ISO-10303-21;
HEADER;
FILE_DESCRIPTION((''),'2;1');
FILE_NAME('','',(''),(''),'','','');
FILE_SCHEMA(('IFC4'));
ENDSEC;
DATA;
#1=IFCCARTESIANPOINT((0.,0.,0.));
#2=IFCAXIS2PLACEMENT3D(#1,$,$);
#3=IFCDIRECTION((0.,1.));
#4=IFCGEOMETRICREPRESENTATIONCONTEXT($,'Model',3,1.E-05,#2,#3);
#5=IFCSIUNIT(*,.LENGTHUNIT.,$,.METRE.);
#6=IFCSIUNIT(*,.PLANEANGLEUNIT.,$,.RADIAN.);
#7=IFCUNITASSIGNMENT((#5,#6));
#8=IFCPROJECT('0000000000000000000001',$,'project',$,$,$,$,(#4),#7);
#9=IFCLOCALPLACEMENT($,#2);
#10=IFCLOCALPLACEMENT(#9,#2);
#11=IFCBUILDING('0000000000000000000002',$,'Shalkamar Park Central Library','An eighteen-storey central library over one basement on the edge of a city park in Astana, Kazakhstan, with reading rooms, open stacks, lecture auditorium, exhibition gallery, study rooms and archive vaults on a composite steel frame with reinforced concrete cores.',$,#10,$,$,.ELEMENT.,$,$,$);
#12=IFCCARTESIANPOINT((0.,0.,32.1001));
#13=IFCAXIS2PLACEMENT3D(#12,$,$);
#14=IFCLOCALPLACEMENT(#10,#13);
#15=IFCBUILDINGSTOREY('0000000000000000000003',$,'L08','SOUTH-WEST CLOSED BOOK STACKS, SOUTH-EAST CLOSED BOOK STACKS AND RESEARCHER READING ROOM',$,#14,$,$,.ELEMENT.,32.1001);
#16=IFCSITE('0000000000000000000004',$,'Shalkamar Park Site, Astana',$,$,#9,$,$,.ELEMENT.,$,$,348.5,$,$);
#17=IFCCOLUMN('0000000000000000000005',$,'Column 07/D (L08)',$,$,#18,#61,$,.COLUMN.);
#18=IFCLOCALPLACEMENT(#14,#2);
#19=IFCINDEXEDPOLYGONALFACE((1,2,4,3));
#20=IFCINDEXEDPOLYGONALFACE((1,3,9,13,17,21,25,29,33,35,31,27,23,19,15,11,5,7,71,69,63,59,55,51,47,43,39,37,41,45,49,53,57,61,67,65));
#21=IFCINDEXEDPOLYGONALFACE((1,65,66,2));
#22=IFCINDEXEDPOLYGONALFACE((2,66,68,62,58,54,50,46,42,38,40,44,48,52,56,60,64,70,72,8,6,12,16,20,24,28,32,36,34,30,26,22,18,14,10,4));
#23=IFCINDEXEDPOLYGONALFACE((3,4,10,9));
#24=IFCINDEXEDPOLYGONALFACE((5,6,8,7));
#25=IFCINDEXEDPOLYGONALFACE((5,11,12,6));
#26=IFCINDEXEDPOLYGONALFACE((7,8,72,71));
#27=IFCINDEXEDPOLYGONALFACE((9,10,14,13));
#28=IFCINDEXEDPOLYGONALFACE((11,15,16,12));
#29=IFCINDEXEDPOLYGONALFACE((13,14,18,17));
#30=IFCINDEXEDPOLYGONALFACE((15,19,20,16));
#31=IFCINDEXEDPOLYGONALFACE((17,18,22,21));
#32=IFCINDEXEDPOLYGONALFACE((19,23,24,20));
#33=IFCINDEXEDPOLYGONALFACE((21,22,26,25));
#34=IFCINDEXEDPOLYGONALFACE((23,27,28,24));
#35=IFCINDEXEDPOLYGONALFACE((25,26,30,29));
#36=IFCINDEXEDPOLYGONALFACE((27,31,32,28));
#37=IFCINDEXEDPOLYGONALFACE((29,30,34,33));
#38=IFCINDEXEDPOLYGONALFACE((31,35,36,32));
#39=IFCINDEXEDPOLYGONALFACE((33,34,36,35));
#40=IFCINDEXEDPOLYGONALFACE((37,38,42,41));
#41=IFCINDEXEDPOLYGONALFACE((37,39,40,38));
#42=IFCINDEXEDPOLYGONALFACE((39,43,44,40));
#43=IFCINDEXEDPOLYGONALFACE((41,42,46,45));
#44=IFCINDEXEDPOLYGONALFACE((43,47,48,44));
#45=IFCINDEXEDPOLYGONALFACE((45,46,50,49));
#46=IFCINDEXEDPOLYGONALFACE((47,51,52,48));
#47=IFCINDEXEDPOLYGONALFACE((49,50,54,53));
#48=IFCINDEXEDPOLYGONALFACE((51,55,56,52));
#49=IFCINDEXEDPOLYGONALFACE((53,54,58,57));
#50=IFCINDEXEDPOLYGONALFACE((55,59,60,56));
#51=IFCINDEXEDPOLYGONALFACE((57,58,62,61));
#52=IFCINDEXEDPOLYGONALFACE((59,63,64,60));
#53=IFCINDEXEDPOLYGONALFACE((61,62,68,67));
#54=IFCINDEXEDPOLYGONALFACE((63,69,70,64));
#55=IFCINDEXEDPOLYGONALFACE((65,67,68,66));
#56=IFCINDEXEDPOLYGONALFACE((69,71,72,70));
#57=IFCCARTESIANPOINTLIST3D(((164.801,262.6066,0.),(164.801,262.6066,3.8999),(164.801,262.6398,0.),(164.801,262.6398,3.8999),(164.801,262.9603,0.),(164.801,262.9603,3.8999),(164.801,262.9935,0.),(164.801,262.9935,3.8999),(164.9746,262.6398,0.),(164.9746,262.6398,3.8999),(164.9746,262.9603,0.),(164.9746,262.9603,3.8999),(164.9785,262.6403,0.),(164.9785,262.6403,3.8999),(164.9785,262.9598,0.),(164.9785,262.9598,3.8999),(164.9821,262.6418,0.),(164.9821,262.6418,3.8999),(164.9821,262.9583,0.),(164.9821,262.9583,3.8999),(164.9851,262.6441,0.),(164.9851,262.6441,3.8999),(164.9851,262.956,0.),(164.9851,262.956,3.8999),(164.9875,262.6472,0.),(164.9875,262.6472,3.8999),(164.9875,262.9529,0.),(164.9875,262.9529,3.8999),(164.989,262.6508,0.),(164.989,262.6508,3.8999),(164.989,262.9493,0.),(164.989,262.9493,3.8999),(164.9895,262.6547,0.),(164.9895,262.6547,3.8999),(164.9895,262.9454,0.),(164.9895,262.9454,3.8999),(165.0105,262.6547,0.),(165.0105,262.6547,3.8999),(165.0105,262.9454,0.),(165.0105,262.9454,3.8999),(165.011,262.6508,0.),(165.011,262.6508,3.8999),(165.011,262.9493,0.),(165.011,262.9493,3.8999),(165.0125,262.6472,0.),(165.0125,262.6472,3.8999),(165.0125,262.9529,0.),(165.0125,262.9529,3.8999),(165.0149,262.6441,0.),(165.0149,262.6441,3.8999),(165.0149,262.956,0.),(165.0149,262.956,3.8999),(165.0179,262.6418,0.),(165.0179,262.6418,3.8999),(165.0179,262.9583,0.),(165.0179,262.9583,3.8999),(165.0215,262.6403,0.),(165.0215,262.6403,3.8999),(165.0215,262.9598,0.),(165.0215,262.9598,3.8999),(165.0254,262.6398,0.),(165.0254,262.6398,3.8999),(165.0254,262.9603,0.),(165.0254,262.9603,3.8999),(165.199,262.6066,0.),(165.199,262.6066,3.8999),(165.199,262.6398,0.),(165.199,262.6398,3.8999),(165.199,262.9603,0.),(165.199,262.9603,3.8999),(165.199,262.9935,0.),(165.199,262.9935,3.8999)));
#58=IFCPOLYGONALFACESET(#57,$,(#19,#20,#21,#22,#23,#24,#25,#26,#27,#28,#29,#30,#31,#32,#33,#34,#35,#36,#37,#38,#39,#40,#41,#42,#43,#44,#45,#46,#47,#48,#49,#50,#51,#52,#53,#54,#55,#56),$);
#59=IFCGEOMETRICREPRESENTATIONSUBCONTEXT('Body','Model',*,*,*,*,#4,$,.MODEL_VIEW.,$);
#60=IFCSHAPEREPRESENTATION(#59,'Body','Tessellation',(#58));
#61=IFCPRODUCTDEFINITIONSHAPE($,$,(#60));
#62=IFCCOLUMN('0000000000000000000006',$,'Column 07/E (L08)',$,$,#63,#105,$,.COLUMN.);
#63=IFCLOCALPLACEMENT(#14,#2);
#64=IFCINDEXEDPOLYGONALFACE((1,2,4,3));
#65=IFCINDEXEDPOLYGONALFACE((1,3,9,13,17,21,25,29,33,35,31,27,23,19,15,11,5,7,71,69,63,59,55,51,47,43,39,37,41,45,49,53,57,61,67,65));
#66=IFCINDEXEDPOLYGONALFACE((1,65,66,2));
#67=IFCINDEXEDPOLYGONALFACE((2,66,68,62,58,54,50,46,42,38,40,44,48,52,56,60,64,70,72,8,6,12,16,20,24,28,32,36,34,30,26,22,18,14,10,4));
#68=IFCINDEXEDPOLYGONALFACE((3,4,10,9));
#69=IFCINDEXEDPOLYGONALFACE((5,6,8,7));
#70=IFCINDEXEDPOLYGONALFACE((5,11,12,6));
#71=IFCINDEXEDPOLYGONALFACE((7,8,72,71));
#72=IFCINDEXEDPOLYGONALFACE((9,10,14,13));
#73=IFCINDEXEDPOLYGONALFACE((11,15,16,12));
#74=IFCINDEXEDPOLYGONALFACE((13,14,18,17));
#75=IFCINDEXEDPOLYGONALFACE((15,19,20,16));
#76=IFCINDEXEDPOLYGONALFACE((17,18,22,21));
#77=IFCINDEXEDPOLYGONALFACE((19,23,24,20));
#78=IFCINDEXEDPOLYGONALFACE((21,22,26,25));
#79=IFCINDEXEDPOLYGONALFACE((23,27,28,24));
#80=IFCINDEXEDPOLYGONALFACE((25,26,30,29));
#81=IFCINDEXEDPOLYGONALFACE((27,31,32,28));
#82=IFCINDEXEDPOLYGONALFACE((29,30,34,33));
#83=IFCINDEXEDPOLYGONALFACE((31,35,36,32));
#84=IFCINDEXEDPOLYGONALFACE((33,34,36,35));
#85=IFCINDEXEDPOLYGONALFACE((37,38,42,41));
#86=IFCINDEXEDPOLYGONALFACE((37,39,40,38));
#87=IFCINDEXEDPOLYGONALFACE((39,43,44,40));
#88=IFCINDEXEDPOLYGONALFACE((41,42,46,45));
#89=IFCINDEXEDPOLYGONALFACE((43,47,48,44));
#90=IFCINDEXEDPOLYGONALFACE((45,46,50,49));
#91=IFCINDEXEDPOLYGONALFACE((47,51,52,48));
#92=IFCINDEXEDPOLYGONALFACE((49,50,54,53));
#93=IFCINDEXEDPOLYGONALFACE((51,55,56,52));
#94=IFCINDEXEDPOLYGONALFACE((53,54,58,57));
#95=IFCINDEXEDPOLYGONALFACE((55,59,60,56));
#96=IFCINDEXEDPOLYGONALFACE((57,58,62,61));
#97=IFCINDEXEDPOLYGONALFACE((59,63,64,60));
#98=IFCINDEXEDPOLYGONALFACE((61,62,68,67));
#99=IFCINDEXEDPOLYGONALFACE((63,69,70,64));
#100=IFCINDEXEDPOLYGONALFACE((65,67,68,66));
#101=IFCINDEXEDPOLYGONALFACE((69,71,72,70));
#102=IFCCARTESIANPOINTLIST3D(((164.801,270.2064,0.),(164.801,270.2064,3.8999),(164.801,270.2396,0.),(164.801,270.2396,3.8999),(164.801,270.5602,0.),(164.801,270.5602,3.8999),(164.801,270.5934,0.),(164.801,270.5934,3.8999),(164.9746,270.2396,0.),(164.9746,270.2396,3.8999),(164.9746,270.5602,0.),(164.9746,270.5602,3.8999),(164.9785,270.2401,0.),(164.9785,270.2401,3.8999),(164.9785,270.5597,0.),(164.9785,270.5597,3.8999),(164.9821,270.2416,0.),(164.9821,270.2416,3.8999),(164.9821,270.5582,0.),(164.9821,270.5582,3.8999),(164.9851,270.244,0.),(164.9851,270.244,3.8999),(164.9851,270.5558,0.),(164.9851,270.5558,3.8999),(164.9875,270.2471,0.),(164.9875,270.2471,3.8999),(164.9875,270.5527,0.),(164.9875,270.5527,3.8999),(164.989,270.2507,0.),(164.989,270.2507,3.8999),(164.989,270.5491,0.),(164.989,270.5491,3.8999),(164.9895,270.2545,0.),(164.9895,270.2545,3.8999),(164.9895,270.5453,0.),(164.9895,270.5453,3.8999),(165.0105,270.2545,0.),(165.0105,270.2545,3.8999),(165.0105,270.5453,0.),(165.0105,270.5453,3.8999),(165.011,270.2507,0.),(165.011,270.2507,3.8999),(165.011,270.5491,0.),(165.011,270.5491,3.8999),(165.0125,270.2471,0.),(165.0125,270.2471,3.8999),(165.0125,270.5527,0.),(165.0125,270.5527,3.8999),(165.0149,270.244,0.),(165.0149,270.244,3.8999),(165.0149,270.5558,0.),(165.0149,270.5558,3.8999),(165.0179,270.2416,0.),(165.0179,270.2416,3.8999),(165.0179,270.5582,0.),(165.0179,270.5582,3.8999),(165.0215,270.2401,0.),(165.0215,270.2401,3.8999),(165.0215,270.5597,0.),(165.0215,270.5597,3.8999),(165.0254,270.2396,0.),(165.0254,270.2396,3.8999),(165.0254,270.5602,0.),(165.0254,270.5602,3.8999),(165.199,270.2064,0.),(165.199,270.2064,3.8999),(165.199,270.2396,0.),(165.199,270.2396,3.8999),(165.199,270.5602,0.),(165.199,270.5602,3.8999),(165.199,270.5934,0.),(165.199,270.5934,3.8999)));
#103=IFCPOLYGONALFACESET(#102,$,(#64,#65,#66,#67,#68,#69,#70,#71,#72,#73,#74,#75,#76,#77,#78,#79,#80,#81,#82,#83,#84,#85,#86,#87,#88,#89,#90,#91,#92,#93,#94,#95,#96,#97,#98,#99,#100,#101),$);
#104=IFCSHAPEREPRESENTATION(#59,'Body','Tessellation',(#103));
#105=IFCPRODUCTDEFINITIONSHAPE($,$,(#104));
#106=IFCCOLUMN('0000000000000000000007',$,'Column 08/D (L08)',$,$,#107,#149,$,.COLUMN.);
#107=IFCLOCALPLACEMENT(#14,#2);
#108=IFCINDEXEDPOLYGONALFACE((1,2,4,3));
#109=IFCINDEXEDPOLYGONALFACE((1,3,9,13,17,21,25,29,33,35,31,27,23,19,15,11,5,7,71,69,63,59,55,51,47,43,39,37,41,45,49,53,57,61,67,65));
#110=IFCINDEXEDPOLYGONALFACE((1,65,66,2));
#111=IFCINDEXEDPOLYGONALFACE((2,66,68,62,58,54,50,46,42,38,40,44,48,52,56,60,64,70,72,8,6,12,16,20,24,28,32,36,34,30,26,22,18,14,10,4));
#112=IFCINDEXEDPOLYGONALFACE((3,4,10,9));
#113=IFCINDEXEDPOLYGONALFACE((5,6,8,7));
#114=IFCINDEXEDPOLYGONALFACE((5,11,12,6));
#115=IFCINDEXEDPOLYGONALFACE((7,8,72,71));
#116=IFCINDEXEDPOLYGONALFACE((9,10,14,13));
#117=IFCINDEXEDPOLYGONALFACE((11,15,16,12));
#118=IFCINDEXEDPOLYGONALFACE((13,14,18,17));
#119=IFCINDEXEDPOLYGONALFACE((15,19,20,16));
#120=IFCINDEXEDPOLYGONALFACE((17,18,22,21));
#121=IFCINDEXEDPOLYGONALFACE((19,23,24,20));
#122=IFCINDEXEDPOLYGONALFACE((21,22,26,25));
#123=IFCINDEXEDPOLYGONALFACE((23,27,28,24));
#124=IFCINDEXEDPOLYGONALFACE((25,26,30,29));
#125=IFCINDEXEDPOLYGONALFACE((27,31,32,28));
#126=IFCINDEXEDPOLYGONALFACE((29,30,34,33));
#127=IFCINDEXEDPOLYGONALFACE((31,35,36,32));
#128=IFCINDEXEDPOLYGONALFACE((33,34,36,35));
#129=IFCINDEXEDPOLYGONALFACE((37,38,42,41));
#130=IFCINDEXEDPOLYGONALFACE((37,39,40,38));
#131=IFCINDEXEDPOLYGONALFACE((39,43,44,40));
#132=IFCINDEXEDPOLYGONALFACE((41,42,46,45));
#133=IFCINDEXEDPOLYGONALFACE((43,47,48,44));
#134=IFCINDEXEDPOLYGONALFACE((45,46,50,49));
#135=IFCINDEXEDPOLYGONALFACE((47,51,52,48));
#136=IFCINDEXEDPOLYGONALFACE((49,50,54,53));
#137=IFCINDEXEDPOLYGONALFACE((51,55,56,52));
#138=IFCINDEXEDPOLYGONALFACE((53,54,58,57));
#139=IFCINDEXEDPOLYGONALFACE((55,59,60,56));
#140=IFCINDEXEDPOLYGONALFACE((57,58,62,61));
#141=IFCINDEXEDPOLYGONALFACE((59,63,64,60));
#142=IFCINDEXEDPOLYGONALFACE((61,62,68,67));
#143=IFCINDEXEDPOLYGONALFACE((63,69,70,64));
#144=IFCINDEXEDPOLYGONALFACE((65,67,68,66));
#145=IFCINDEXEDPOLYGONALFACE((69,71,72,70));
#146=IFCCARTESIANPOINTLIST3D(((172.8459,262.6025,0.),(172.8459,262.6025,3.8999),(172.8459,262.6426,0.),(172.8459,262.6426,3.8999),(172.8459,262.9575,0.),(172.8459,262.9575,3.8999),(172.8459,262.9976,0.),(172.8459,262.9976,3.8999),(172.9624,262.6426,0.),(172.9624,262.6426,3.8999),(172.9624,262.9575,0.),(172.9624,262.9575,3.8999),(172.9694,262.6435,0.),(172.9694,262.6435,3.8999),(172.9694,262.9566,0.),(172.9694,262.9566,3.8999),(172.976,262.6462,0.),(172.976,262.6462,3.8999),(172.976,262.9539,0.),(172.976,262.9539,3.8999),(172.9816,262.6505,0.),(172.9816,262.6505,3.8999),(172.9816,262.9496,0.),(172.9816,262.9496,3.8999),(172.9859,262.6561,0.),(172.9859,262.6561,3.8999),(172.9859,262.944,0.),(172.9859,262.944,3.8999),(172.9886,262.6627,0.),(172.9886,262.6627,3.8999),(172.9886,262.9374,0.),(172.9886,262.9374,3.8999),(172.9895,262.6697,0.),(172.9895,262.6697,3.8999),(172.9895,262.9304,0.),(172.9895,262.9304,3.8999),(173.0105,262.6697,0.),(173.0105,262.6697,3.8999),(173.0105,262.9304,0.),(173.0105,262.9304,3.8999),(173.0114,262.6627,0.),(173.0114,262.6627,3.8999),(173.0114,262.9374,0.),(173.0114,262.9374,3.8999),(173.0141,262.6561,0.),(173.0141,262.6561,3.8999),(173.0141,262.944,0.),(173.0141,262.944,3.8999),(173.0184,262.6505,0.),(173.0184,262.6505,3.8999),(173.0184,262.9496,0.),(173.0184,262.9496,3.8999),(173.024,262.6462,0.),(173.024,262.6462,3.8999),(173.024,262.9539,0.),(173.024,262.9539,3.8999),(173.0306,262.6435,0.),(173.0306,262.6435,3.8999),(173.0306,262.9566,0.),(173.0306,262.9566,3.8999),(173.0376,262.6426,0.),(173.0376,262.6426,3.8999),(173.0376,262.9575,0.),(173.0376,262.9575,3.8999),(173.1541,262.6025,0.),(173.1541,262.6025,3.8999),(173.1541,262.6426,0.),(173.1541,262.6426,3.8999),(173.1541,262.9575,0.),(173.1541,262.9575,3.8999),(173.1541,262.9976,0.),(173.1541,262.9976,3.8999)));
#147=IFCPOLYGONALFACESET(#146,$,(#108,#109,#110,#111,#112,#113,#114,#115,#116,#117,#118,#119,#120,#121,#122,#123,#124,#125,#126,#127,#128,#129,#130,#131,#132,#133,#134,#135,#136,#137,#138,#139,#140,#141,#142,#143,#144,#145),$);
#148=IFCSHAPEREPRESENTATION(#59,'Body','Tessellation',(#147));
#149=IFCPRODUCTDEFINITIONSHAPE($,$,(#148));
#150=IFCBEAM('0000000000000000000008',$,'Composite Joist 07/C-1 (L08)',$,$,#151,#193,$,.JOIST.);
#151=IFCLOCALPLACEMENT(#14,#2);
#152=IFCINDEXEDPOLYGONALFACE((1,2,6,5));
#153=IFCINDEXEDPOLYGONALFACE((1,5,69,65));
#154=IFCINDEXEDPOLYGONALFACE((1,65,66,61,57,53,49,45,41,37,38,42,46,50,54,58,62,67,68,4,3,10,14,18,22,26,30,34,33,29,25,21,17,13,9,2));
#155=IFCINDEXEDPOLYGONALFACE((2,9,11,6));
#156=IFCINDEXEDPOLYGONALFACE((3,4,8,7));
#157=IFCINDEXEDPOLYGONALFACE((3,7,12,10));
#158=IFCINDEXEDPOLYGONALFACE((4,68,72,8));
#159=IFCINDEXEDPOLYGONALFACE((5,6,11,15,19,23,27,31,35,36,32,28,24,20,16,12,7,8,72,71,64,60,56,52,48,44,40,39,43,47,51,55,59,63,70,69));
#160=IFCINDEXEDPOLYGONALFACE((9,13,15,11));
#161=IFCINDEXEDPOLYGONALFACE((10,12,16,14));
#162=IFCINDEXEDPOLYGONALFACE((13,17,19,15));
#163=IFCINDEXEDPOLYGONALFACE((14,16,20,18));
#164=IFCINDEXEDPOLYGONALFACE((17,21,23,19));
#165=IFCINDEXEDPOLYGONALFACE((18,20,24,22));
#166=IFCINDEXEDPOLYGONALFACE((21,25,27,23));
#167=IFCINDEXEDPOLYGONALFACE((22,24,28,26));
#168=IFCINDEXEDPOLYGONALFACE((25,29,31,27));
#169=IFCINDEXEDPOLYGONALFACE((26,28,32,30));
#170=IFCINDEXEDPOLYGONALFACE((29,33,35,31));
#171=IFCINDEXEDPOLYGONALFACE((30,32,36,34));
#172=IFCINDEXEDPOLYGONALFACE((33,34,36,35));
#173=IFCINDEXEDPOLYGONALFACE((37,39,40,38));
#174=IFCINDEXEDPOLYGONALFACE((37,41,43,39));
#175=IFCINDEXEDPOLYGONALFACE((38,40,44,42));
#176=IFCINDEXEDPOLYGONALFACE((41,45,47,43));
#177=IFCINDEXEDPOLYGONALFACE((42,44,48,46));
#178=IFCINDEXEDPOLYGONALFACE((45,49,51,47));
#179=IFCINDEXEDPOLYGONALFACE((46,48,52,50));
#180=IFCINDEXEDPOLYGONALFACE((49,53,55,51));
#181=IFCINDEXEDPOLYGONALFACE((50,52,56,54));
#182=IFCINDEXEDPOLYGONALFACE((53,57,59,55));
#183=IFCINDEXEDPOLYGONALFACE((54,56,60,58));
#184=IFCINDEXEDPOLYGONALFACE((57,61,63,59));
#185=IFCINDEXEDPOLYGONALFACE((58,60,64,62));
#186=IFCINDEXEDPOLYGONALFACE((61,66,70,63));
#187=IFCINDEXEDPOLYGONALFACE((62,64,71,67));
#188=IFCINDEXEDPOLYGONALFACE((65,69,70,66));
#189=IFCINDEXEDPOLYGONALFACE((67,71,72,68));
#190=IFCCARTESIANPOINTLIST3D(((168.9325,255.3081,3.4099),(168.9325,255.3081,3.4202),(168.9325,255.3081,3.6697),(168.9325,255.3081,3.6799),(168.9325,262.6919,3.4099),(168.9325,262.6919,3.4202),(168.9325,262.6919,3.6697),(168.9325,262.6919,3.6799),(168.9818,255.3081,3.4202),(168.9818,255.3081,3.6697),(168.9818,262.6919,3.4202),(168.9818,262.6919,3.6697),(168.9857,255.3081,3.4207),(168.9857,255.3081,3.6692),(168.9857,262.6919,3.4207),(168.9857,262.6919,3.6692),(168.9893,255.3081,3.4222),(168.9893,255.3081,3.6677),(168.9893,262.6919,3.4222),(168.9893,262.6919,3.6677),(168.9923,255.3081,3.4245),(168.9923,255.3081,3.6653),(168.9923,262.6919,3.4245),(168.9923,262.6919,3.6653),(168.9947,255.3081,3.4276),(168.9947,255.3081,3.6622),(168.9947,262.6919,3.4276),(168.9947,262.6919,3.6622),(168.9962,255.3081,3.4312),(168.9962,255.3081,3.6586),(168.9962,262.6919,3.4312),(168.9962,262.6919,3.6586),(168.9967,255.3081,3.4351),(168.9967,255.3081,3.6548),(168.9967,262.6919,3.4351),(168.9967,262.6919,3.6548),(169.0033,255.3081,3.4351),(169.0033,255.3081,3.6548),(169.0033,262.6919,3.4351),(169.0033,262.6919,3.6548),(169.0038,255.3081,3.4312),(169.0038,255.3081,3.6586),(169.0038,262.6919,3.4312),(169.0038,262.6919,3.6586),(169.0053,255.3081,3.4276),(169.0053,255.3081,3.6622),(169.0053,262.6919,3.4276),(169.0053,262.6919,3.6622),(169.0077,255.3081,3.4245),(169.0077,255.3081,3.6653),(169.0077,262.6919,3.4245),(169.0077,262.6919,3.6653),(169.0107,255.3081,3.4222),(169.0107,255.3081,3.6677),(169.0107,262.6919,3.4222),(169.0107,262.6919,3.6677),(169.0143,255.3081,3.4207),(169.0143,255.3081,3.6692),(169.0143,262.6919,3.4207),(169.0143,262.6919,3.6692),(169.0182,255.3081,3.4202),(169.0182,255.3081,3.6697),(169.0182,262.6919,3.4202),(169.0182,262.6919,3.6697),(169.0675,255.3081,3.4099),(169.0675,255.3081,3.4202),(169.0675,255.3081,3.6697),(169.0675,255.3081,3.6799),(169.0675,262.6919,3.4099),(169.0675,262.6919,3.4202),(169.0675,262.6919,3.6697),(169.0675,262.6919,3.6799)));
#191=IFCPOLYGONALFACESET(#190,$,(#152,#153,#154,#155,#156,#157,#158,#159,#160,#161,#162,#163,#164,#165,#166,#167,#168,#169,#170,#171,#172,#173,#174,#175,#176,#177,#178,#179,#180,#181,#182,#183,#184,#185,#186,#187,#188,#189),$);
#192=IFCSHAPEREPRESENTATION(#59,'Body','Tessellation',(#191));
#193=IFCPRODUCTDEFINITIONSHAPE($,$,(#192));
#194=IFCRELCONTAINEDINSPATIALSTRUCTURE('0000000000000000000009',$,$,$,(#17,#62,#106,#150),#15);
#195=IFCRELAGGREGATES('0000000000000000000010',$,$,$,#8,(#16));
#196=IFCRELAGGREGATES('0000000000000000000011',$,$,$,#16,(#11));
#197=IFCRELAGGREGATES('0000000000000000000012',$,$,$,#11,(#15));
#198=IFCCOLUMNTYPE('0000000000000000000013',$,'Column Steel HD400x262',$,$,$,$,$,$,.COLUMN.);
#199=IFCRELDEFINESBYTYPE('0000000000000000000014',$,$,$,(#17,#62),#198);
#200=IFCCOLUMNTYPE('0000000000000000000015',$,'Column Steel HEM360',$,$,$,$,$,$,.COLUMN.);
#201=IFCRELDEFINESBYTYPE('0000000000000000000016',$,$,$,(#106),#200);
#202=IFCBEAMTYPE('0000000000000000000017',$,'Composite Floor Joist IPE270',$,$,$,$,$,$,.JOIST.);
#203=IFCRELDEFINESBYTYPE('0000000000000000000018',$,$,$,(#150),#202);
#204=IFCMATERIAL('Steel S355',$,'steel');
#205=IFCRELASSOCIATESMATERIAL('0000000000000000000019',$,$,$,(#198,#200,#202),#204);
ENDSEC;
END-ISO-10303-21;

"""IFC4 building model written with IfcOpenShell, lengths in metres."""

from ifc_helpers import new_model, si_unit, direction, frame, origin, origin_2d, place, context, subcontext, project, spatial, i_section, extrude, material, material_profile, profile_set, type_object, element, save


model = new_model("IFC4")

# Units and contexts
model_context = context("Model", 3, precision=1e-05, world=origin(), true_north=direction((0.0, 1.0)))
body_context = subcontext(model_context, "Body", "Model", "MODEL_VIEW")
ifc_project = project(units=[si_unit("LENGTHUNIT", "METRE"), si_unit("PLANEANGLEUNIT", "RADIAN")], contexts=[model_context])

# Site, building, storey
site_placement = place(None, origin())
site = spatial("IfcSite", under=ifc_project, at=site_placement, Name="Shalkamar Park Site, Astana", CompositionType="ELEMENT", RefElevation=348.5)
building_placement = place(site_placement, origin())
building = spatial("IfcBuilding", under=site, at=building_placement, Name="Shalkamar Park Central Library", Description="An eighteen-storey central library over one basement on the edge of a city park in Astana, Kazakhstan, with reading rooms, open stacks, lecture auditorium, exhibition gallery, study rooms and archive vaults on a composite steel frame with reinforced concrete cores.", CompositionType="ELEMENT")
storey_placement = place(building_placement, frame((0.0, 0.0, 32.1001)))
storey = spatial("IfcBuildingStorey", under=building, at=storey_placement, Name="L08", Description="SOUTH-WEST CLOSED BOOK STACKS, SOUTH-EAST CLOSED BOOK STACKS AND RESEARCHER READING ROOM", CompositionType="ELEMENT", Elevation=32.1001)

# Columns
ifc_material_1 = material(Name="Steel S355", Category="steel")
ifc_material_profile_1 = material_profile(ifc_material_1, i_section(OverallWidth=0.3979, OverallDepth=0.387, WebThickness=0.021, FlangeThickness=0.0332, FilletRadius=0.0149, at=origin_2d()), Name="HD 400x262")
ifc_profile_set_1 = profile_set([ifc_material_profile_1], Name="Steel S355")
column_type_1 = type_object("IfcColumnType", Name="Column Steel HD400x262", PredefinedType="COLUMN", material=ifc_profile_set_1)
for number, where, z_axis, x_axis, name in (
    (1, (165.0, 262.8, 0.0), (0.0, 0.0, 1.0), (1.0, 0.0, 0.0), "Column 07/D (L08)"),
    (2, (165.0, 270.3999, 0.0), (0.0, 0.0, 1.0), (1.0, 0.0, 0.0), "Column 07/E (L08)"),
):
    element("IfcColumn", number, at=place(storey_placement, frame(where, z_axis=z_axis, x_axis=x_axis)), inside=storey, type_object=column_type_1, Name=name, PredefinedType="COLUMN", context=body_context, shape_type="SweptSolid", body=[
        extrude(i_section(OverallWidth=0.3979, OverallDepth=0.387, WebThickness=0.021, FlangeThickness=0.0332, FilletRadius=0.0149, at=origin_2d()), origin(), (0.0, 0.0, 1.0), 3.8999),
    ])
ifc_material_profile_2 = material_profile(ifc_material_1, i_section(OverallWidth=0.3081, OverallDepth=0.395, WebThickness=0.021, FlangeThickness=0.04, FilletRadius=0.0271, at=origin_2d()), Name="HEM 360")
ifc_profile_set_2 = profile_set([ifc_material_profile_2], Name="Steel S355")
column_type_2 = type_object("IfcColumnType", Name="Column Steel HEM360", PredefinedType="COLUMN", material=ifc_profile_set_2)
column_placement = place(storey_placement, frame((173.0, 262.8, 0.0), z_axis=(0.0, 0.0, 1.0), x_axis=(1.0, 0.0, 0.0)))
element("IfcColumn", 3, at=column_placement, inside=storey, type_object=column_type_2, Name="Column 08/D (L08)", PredefinedType="COLUMN", context=body_context, shape_type="SweptSolid", body=[
    extrude(i_section(OverallWidth=0.3081, OverallDepth=0.395, WebThickness=0.021, FlangeThickness=0.04, FilletRadius=0.0271, at=origin_2d()), origin(), (0.0, 0.0, 1.0), 3.8999),
])

# Beam
ifc_material_profile_3 = material_profile(ifc_material_1, i_section(OverallWidth=0.135, OverallDepth=0.27, WebThickness=0.0066, FlangeThickness=0.0103, FilletRadius=0.0149, at=origin_2d()), Name="IPE 270")
ifc_profile_set_3 = profile_set([ifc_material_profile_3], Name="Steel S355")
beam_type_1 = type_object("IfcBeamType", Name="Composite Floor Joist IPE270", PredefinedType="JOIST", material=ifc_profile_set_3)
beam_1_placement = place(storey_placement, frame((169.0, 255.3081, 3.5449), z_axis=(0.0, 1.0, 0.0), x_axis=(-1.0, 0.0, 0.0)))
element("IfcBeam", 4, at=beam_1_placement, inside=storey, type_object=beam_type_1, Name="Composite Joist 07/C-1 (L08)", PredefinedType="JOIST", context=body_context, shape_type="SweptSolid", body=[
    extrude(i_section(OverallWidth=0.135, OverallDepth=0.27, WebThickness=0.0066, FlangeThickness=0.0103, FilletRadius=0.0149, at=origin_2d()), origin(), (0.0, 0.0, 1.0), 7.3838),
])

save(model, "model.ifc")
